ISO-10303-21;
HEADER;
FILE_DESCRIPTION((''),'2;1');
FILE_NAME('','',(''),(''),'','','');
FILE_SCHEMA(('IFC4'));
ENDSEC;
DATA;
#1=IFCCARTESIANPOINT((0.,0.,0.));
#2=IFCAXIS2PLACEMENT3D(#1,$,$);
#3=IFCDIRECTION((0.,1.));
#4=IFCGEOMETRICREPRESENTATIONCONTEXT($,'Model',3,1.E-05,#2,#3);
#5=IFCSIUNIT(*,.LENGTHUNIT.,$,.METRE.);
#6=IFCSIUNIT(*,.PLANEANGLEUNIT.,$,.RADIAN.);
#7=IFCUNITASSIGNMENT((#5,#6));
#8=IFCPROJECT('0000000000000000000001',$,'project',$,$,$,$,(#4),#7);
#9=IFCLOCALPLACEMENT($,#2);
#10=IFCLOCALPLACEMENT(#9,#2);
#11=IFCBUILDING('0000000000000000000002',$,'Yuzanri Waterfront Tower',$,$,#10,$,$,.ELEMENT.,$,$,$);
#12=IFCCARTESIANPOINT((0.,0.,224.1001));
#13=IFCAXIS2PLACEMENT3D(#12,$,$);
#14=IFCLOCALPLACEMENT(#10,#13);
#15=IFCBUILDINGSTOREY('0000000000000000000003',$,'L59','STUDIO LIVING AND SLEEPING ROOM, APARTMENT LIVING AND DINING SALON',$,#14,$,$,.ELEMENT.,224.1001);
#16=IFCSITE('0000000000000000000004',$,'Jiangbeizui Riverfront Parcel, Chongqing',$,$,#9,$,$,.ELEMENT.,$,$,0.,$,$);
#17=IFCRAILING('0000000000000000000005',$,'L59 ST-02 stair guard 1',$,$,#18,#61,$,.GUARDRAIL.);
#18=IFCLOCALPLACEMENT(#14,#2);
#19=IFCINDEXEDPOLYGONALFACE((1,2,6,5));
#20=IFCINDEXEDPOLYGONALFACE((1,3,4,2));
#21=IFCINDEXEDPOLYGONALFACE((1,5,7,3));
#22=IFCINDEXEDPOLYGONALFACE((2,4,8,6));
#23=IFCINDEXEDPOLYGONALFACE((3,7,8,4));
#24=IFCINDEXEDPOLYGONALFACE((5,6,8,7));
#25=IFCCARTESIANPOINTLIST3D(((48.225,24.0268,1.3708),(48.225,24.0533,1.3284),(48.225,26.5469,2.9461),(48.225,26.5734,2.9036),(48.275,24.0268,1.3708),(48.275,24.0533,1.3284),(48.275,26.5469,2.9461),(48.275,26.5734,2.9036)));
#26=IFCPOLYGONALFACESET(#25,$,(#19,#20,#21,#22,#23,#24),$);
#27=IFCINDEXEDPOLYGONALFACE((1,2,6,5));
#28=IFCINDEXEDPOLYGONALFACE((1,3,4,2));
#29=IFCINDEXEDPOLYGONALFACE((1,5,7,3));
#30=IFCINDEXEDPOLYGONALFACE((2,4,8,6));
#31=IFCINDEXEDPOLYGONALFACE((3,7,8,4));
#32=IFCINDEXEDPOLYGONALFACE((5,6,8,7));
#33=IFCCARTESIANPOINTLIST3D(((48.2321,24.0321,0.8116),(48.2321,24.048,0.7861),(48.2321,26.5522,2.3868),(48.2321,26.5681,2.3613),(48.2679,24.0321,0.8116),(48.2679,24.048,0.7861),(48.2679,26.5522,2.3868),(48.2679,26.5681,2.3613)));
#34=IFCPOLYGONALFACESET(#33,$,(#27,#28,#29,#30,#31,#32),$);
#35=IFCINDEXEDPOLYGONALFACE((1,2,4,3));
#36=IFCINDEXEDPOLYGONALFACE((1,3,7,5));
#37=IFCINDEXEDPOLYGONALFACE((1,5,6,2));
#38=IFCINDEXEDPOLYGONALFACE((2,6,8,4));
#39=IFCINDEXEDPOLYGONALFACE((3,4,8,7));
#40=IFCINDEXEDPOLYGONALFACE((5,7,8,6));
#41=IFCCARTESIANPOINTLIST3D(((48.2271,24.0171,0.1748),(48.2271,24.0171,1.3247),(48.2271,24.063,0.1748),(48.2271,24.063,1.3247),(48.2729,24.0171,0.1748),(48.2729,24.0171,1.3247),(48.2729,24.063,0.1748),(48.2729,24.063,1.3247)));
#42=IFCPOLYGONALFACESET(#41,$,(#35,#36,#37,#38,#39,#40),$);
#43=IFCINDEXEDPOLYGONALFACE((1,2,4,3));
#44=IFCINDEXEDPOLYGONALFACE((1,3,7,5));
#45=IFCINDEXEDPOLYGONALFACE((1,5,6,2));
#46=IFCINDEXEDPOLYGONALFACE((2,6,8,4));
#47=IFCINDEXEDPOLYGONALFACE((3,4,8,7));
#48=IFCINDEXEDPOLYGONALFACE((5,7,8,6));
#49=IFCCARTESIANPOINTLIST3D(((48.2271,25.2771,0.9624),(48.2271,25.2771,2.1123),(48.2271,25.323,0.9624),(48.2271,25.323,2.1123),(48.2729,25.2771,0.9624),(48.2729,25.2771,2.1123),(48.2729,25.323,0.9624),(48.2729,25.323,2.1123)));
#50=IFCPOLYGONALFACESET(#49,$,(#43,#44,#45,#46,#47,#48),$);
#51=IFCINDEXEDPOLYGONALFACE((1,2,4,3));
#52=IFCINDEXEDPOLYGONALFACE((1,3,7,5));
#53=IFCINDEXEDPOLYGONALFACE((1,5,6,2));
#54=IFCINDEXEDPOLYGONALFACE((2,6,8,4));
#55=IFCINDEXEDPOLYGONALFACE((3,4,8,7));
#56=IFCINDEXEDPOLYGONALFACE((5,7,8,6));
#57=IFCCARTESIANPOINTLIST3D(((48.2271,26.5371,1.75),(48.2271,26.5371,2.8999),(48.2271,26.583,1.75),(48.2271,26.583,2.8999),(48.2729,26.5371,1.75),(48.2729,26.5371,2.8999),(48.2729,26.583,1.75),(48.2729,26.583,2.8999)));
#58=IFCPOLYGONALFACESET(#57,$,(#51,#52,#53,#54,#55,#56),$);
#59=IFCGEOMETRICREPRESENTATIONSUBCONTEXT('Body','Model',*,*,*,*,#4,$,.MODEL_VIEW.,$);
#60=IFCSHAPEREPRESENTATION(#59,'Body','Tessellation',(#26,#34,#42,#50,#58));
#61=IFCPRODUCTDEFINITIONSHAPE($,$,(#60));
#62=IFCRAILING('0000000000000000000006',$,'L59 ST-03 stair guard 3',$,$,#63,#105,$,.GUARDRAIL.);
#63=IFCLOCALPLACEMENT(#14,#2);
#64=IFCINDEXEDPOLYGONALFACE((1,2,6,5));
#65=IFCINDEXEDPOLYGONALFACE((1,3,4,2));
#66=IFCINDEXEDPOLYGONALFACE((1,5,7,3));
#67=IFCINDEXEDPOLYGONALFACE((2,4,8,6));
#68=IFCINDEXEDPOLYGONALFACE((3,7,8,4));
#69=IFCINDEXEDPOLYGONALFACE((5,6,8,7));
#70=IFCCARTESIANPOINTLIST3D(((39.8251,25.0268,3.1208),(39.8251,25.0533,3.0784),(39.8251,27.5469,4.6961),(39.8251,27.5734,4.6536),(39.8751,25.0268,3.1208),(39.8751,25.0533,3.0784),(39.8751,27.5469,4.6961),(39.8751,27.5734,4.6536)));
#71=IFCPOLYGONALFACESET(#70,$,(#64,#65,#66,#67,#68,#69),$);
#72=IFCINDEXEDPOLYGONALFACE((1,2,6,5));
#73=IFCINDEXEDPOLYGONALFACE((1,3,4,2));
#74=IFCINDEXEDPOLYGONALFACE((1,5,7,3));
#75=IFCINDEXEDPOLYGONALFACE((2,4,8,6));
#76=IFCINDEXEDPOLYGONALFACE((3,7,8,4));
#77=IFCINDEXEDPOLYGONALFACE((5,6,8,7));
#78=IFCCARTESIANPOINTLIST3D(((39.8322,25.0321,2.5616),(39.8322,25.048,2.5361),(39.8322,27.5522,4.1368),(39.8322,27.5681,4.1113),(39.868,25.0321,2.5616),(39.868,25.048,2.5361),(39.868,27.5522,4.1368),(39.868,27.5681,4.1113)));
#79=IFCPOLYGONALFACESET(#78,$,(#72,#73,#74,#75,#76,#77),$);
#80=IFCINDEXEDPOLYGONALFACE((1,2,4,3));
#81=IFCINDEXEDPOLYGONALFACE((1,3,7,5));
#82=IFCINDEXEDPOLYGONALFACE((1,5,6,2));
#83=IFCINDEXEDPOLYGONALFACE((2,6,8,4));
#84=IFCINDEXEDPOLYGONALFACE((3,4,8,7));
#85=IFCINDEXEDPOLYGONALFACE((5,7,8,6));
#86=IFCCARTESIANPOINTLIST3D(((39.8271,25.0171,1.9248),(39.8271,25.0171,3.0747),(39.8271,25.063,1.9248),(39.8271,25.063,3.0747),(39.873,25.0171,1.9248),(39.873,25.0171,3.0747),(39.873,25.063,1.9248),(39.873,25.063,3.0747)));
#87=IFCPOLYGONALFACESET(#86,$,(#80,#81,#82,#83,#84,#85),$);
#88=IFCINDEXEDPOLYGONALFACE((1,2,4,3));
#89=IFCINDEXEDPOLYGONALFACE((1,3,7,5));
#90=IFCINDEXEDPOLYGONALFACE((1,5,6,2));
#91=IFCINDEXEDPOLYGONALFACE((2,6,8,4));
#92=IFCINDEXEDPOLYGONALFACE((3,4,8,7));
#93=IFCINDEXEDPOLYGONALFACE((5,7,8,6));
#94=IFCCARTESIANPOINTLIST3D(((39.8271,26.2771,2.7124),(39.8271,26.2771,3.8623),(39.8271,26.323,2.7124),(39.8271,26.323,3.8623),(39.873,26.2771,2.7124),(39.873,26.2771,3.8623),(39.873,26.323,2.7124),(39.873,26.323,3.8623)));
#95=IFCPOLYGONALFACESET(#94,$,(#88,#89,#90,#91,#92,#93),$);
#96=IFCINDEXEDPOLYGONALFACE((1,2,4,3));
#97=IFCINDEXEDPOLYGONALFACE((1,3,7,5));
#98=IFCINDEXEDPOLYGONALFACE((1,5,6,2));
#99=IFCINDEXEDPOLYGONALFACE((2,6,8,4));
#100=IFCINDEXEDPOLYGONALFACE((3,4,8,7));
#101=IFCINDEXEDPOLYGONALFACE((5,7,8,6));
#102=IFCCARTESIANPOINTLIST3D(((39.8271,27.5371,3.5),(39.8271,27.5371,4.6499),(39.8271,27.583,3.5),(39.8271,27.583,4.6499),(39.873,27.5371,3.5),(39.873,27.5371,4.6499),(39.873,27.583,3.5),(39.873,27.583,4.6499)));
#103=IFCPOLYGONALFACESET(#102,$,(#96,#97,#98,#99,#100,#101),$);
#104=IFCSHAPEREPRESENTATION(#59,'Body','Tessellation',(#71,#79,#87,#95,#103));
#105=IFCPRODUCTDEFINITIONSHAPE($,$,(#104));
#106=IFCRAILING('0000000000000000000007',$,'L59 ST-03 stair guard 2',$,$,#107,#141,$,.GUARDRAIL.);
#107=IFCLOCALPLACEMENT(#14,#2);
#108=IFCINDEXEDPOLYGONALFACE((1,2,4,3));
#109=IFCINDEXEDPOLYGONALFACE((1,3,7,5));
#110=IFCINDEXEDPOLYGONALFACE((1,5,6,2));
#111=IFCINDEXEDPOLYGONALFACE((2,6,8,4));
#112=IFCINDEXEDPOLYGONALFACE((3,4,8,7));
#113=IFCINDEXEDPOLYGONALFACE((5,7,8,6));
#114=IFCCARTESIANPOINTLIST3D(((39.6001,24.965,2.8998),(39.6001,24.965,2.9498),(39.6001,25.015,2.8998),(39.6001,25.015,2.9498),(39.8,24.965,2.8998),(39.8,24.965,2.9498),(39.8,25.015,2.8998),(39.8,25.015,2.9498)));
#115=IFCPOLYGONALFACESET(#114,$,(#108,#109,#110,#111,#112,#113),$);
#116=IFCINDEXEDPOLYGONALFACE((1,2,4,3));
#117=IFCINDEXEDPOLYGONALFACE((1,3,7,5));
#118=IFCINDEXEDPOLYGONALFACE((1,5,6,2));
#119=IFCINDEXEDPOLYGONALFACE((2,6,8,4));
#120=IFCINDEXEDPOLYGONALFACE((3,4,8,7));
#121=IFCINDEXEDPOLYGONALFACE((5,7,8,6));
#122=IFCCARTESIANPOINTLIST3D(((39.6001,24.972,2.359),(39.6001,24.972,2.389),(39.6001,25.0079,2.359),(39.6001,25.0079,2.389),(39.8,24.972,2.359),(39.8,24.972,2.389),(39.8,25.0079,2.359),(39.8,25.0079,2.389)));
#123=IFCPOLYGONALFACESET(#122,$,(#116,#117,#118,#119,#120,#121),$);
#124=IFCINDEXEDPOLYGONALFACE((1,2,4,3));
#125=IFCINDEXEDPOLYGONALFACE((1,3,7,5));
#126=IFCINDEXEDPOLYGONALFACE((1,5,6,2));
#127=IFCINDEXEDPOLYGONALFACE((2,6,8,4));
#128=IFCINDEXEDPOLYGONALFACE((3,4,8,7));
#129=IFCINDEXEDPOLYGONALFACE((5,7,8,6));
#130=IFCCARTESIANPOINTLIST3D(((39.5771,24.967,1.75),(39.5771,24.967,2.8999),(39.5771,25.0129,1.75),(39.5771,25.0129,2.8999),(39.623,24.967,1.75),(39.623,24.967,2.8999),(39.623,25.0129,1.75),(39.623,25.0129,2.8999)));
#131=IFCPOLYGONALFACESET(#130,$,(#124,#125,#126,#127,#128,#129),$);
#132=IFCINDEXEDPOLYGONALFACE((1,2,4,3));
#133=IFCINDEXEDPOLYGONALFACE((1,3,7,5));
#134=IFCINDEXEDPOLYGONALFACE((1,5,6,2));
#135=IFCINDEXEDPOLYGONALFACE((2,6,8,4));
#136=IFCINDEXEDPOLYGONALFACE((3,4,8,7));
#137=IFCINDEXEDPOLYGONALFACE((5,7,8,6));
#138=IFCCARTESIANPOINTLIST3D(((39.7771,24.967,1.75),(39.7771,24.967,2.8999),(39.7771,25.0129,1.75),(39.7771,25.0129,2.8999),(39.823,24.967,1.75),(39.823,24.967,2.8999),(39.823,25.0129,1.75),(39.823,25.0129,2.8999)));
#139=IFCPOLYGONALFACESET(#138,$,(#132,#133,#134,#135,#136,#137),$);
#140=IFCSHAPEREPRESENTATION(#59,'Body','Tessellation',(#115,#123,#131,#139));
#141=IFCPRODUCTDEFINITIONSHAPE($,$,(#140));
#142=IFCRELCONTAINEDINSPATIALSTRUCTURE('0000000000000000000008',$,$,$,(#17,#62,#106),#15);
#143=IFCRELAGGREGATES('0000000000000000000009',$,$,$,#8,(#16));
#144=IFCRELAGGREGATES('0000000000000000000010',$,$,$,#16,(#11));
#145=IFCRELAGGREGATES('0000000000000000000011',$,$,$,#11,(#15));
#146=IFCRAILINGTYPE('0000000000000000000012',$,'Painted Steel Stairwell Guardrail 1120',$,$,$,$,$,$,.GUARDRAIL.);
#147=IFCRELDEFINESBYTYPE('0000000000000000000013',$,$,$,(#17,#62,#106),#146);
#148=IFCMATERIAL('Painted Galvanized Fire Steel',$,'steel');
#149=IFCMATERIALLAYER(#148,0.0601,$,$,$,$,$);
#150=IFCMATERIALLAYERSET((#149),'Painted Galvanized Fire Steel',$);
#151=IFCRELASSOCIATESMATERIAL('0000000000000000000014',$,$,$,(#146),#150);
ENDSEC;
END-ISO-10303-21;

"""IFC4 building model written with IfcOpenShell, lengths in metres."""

from ifc_helpers import new_model, si_unit, direction, frame, origin, origin_2d, place, context, subcontext, project, spatial, rectangle, extrude, source, transform, mapped, material, layer, layer_set, type_object, element, save


model = new_model("IFC4")

# Units and contexts
model_context = context("Model", 3, precision=1e-05, world=origin(), true_north=direction((0.0, 1.0)))
body_context = subcontext(model_context, "Body", "Model", "MODEL_VIEW")
ifc_project = project(units=[si_unit("LENGTHUNIT", "METRE"), si_unit("PLANEANGLEUNIT", "RADIAN")], contexts=[model_context])

# Site, building, storey
site_placement = place(None, origin())
site = spatial("IfcSite", under=ifc_project, at=site_placement, Name="Jiangbeizui Riverfront Parcel, Chongqing", CompositionType="ELEMENT", RefElevation=0.0)
building_placement = place(site_placement, origin())
building = spatial("IfcBuilding", under=site, at=building_placement, Name="Yuzanri Waterfront Tower", CompositionType="ELEMENT")
storey_placement = place(building_placement, frame((0.0, 0.0, 224.1001)))
storey = spatial("IfcBuildingStorey", under=building, at=storey_placement, Name="L59", Description="STUDIO LIVING AND SLEEPING ROOM, APARTMENT LIVING AND DINING SALON", CompositionType="ELEMENT", Elevation=224.1001)

# Railings
ifc_material_1 = material(Name="Painted Galvanized Fire Steel", Category="steel")
ifc_layer_1 = layer(ifc_material_1, 0.0601)
ifc_layer_set_1 = layer_set([ifc_layer_1], Name="Painted Galvanized Fire Steel")
railing_type = type_object("IfcRailingType", Name="Painted Steel Stairwell Guardrail 1120", PredefinedType="GUARDRAIL", material=ifc_layer_set_1)
shared_shape_1 = source(origin(), body_context, "Body", "SweptSolid", [
    extrude(rectangle(XDim=0.05, YDim=0.05, at=origin_2d()), frame((0.0, 0.0, 1.1748), z_axis=(0.0, 0.847971, 0.530043), x_axis=(-1.0, 0.0, 0.0)), (0.0, 0.0, 1.0), 2.9719),
    extrude(rectangle(XDim=0.0359, YDim=0.03, at=origin_2d()), frame((0.0, 0.0, 0.624), z_axis=(0.0, 0.847971, 0.530043), x_axis=(-1.0, 0.0, 0.0)), (0.0, 0.0, 1.0), 2.9719),
    extrude(rectangle(XDim=0.0459, YDim=0.0459, at=origin_2d()), origin(), (0.0, 0.0, 1.0), 1.1499),
    extrude(rectangle(XDim=0.0459, YDim=0.0459, at=origin_2d()), frame((0.0, 1.26, 0.7876)), (0.0, 0.0, 1.0), 1.1499),
    extrude(rectangle(XDim=0.0459, YDim=0.0459, at=origin_2d()), frame((0.0, 2.52, 1.5752)), (0.0, 0.0, 1.0), 1.1499),
])
for number, where, name in (
    (1, (48.25, 24.04, 0.1748), "L59 ST-02 stair guard 1"),
    (2, (39.8501, 25.04, 1.9248), "L59 ST-03 stair guard 3"),
):
    element("IfcRailing", number, at=place(storey_placement, frame(where)), inside=storey, type_object=railing_type, Name=name, PredefinedType="GUARDRAIL", context=body_context, shape_type="MappedRepresentation", body=[
        mapped(shared_shape_1, transform((0.0, 0.0, 0.0), scale=1.0)),
    ])
shared_shape_2 = source(origin(), body_context, "Body", "SweptSolid", [
    extrude(rectangle(XDim=0.05, YDim=0.05, at=origin_2d()), frame((0.0, 0.0, 1.1748), z_axis=(1.0, 0.0, 0.0), x_axis=(0.0, 1.0, 0.0)), (0.0, 0.0, 1.0), 0.2),
    extrude(rectangle(XDim=0.0359, YDim=0.03, at=origin_2d()), frame((0.0, 0.0, 0.624), z_axis=(1.0, 0.0, 0.0), x_axis=(0.0, 1.0, 0.0)), (0.0, 0.0, 1.0), 0.2),
    extrude(rectangle(XDim=0.0459, YDim=0.0459, at=origin_2d()), origin(), (0.0, 0.0, 1.0), 1.1499),
    extrude(rectangle(XDim=0.0459, YDim=0.0459, at=origin_2d()), frame((0.2, 0.0, 0.0)), (0.0, 0.0, 1.0), 1.1499),
])
railing_1_placement = place(storey_placement, frame((39.6001, 24.99, 1.75)))
element("IfcRailing", 3, at=railing_1_placement, inside=storey, type_object=railing_type, Name="L59 ST-03 stair guard 2", PredefinedType="GUARDRAIL", context=body_context, shape_type="MappedRepresentation", body=[
    mapped(shared_shape_2, transform((0.0, 0.0, 0.0), scale=1.0)),
])

save(model, "model.ifc")
